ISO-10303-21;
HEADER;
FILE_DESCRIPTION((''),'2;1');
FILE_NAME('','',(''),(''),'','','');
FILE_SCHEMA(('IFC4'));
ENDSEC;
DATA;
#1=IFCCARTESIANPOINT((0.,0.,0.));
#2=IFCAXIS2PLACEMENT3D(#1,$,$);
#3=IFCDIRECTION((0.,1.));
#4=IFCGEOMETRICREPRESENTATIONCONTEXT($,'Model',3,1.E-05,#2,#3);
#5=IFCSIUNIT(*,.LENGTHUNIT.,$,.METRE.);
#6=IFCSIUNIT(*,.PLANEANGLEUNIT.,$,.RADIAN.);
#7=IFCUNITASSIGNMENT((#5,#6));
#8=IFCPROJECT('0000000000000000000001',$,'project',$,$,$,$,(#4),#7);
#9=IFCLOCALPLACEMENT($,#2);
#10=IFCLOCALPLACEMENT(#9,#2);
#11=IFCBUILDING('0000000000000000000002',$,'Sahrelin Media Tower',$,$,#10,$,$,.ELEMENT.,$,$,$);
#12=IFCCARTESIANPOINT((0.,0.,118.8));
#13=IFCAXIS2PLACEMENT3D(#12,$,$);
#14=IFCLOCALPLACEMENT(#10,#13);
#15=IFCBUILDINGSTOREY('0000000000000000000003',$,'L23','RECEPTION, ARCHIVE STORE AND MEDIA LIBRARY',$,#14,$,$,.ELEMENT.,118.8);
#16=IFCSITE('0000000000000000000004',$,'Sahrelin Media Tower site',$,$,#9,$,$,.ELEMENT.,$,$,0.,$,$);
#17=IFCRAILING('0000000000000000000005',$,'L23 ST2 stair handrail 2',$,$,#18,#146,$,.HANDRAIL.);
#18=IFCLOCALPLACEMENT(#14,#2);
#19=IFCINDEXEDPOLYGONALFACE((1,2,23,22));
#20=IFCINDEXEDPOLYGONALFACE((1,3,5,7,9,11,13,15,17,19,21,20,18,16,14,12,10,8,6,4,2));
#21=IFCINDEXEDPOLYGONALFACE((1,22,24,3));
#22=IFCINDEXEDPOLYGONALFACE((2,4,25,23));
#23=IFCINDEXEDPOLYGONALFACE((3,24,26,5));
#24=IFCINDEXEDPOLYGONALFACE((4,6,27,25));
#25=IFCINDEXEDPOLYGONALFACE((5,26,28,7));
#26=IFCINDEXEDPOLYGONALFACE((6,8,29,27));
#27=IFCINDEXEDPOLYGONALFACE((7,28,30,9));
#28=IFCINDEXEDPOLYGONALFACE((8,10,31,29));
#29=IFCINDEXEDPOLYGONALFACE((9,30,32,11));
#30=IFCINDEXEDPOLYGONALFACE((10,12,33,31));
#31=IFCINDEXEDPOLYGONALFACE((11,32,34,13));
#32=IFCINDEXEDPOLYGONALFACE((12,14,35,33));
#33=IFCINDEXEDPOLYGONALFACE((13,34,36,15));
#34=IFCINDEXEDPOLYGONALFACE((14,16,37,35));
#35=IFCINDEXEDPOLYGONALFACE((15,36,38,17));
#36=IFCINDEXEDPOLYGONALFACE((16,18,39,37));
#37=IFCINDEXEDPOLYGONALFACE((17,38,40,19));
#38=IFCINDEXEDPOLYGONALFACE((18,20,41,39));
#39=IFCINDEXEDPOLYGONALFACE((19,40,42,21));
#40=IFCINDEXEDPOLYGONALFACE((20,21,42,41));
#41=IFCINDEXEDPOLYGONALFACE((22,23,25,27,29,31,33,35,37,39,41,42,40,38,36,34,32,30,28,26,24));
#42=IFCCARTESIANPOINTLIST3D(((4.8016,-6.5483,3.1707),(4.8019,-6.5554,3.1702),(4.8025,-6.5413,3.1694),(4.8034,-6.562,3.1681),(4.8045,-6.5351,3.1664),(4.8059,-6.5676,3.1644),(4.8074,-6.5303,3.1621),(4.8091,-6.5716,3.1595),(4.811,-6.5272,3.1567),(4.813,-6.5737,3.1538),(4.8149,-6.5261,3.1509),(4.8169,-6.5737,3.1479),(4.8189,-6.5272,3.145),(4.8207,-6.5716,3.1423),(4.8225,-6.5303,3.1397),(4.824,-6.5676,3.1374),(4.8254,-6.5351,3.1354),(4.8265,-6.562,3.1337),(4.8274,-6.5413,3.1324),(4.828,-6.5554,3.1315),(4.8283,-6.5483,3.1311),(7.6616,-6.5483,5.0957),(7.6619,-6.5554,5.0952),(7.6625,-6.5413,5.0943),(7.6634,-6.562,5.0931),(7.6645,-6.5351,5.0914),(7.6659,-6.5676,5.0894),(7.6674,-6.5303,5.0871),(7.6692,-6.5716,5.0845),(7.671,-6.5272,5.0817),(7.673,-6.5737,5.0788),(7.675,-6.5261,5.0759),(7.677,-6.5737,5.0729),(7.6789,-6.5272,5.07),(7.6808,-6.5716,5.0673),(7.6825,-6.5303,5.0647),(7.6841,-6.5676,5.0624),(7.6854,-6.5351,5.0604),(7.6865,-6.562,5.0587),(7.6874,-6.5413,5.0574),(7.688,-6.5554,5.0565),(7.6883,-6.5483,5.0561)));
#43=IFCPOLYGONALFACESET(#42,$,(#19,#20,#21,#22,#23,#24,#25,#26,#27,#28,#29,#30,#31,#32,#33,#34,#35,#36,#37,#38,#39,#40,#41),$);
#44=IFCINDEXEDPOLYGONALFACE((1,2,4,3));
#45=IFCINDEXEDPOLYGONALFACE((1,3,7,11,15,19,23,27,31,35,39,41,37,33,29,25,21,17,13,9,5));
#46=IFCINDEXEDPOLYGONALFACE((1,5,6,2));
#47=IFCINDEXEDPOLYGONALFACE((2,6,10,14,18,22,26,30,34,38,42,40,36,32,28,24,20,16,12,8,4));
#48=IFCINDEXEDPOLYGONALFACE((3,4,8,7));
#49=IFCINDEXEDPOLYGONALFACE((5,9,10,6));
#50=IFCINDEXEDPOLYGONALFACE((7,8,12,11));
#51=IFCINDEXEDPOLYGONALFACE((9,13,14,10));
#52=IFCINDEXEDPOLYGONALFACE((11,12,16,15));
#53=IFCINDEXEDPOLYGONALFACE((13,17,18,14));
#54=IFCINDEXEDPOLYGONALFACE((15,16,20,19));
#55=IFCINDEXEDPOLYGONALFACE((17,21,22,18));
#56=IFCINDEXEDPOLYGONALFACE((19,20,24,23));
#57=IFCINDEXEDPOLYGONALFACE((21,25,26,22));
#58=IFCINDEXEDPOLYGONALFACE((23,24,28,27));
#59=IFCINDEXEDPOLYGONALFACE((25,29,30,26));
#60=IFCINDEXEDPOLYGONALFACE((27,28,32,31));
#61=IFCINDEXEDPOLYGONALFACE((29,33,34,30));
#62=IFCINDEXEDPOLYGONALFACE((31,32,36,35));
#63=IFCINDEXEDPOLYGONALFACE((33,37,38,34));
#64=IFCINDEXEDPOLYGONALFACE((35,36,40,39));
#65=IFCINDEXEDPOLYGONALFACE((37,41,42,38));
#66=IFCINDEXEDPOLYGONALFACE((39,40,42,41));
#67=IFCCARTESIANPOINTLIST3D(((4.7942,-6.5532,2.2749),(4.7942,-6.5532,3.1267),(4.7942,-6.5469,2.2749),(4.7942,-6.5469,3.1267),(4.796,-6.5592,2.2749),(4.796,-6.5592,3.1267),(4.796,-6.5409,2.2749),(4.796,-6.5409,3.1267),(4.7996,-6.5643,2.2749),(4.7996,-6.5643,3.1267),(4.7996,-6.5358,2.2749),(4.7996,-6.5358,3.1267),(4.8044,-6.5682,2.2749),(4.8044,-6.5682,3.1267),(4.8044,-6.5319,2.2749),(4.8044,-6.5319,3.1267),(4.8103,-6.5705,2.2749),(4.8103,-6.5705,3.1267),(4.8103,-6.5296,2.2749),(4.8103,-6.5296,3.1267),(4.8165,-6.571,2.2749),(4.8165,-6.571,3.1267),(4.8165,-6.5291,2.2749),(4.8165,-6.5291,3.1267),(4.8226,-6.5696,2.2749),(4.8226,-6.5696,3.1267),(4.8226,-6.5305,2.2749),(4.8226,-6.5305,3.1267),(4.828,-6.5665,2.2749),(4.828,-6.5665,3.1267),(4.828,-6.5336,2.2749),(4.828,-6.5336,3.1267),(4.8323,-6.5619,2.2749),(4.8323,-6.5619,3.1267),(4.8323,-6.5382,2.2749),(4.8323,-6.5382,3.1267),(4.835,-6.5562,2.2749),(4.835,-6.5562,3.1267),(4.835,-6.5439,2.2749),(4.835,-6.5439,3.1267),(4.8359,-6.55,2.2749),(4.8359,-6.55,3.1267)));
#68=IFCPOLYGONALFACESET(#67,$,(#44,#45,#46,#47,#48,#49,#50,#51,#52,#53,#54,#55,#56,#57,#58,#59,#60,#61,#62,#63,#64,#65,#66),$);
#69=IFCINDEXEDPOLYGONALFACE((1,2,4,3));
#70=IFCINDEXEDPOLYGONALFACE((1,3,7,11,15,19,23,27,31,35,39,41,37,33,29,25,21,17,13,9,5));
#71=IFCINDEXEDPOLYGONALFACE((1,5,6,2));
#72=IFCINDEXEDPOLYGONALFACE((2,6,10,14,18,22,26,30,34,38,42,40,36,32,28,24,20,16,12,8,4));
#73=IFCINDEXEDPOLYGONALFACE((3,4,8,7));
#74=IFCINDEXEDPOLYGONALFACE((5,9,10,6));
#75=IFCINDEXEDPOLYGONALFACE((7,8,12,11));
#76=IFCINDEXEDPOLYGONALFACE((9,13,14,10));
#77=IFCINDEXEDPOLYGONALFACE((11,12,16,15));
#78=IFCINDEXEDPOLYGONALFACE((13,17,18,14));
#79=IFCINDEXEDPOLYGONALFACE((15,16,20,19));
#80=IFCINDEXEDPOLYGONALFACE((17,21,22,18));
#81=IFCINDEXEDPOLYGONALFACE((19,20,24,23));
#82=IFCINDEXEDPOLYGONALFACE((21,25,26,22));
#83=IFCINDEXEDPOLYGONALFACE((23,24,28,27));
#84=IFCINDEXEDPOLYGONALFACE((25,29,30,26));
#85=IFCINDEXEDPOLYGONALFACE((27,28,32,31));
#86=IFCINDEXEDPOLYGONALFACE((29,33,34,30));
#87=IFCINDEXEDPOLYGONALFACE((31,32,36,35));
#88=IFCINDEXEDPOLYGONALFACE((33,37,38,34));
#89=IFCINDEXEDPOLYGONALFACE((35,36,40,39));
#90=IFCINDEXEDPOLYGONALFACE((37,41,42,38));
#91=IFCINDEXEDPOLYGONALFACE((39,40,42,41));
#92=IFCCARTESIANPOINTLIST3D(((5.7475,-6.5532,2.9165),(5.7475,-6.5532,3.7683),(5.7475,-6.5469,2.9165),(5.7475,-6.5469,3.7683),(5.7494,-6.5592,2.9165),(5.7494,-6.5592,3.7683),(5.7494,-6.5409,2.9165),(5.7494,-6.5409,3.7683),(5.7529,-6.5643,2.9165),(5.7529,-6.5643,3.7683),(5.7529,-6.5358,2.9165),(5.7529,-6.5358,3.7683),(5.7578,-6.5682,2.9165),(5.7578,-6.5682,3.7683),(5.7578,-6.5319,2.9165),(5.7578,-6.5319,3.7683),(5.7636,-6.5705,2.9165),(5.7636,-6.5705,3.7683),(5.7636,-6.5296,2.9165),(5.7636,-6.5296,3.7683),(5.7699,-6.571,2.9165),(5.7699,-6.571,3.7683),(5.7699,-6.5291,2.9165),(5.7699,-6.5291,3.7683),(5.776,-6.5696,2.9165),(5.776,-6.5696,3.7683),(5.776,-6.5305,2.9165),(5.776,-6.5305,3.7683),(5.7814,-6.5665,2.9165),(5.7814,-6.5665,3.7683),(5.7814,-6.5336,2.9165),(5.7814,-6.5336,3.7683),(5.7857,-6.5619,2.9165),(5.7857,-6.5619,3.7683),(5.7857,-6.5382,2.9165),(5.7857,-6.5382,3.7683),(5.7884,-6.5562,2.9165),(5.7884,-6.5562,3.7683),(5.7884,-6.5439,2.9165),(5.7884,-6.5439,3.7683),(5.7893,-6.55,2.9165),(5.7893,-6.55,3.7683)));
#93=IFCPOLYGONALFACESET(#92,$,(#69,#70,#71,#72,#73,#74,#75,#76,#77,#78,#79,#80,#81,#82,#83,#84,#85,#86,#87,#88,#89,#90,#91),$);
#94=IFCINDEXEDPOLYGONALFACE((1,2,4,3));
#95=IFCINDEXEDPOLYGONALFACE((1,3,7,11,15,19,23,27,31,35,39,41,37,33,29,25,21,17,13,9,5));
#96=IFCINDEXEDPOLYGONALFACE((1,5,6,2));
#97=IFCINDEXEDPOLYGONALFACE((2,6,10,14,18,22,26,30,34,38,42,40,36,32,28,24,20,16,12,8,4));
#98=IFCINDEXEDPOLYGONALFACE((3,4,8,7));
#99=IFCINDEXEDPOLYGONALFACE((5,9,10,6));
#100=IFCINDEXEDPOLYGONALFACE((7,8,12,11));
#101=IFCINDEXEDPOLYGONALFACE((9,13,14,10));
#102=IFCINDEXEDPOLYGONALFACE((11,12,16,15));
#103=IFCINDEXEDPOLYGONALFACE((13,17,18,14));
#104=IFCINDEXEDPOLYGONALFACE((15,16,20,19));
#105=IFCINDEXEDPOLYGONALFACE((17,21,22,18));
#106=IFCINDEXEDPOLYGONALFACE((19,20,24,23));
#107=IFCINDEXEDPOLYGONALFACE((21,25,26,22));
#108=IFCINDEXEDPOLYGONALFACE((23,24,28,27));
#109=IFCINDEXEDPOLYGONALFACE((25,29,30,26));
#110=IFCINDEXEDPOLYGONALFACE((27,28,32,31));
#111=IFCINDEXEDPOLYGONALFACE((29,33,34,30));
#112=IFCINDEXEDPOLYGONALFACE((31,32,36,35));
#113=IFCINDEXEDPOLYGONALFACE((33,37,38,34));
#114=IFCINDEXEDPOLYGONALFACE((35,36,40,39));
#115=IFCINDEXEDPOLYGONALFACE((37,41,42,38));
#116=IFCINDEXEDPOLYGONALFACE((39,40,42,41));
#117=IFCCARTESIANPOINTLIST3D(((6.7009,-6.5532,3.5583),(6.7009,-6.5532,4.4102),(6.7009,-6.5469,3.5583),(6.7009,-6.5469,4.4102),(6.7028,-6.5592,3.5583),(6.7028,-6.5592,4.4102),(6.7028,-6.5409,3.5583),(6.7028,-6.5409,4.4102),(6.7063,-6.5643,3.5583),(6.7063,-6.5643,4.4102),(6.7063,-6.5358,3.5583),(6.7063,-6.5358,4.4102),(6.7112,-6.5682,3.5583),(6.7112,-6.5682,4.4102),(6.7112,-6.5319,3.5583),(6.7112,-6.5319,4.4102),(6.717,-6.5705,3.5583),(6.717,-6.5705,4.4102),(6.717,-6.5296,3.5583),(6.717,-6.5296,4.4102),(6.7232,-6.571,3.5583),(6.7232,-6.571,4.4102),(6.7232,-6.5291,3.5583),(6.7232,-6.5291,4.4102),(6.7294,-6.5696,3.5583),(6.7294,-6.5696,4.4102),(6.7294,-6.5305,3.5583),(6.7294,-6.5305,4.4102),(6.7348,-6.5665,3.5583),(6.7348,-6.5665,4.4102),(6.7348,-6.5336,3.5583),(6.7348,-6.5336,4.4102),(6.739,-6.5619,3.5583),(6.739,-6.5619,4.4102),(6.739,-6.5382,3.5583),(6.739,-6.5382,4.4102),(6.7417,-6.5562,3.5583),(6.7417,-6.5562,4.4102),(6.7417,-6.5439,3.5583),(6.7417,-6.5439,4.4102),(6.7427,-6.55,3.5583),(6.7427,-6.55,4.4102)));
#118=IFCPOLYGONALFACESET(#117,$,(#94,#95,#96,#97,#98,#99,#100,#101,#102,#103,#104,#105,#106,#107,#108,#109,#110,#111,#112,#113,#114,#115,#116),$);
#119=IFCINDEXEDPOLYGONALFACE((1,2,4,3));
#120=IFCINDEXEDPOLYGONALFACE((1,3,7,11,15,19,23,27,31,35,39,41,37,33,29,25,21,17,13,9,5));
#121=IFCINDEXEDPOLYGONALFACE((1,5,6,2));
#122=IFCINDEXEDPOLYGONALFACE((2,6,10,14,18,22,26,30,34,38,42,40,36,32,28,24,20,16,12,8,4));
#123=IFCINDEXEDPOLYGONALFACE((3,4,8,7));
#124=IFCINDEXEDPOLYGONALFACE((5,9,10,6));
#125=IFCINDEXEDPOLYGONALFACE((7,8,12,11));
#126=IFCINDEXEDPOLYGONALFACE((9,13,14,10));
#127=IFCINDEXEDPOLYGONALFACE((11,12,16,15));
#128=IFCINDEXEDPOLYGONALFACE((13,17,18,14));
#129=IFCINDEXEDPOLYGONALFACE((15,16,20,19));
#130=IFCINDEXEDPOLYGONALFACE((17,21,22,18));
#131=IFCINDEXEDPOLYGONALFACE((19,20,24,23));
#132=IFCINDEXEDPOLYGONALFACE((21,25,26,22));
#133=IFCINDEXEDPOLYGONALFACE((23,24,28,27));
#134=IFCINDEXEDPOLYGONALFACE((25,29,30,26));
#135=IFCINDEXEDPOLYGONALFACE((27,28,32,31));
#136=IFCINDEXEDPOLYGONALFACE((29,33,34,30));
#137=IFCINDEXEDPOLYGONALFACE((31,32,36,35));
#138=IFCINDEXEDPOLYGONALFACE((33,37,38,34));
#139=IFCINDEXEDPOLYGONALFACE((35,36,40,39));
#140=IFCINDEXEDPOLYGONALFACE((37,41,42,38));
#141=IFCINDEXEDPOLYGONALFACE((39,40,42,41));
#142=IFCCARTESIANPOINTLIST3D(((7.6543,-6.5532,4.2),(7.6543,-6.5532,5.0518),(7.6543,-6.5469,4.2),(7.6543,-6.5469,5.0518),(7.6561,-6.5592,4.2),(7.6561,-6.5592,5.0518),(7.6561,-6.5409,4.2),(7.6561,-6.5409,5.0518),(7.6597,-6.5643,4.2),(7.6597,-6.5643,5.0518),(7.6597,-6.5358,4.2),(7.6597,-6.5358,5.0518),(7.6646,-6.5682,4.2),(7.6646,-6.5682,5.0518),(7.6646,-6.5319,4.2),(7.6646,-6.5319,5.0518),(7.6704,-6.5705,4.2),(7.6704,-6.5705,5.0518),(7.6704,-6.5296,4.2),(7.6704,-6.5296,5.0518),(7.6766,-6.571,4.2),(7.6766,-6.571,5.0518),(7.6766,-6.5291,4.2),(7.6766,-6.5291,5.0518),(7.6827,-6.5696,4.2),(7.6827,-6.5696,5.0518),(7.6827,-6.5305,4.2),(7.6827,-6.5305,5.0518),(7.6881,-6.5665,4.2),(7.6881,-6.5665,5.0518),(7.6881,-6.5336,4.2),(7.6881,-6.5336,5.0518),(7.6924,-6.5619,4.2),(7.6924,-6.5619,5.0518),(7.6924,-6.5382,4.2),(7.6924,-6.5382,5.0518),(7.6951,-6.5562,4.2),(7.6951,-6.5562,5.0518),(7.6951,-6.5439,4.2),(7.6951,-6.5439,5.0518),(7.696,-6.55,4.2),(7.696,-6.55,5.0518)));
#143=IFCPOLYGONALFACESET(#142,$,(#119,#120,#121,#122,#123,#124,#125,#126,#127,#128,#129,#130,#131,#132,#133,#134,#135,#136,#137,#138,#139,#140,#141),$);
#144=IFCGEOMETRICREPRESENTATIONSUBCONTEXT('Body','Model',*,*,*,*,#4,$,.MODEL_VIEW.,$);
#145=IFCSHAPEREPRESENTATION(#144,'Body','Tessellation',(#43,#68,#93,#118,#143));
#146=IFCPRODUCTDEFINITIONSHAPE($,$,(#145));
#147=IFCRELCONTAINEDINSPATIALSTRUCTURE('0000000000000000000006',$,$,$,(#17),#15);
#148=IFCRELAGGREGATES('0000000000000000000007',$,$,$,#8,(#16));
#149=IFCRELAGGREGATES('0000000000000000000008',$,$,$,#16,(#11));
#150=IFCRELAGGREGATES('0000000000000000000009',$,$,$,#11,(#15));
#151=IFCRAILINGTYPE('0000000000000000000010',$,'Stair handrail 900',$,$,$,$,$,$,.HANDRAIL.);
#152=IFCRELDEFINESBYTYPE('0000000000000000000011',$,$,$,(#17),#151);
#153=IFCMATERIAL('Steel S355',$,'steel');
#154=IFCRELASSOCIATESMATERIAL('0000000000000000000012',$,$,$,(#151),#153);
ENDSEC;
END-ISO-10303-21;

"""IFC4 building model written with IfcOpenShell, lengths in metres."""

from ifc_helpers import new_model, si_unit, direction, frame, origin, origin_2d, place, context, subcontext, project, spatial, circle, extrude, material, type_object, element, save


model = new_model("IFC4")

# Units and contexts
model_context = context("Model", 3, precision=1e-05, world=origin(), true_north=direction((0.0, 1.0)))
body_context = subcontext(model_context, "Body", "Model", "MODEL_VIEW")
ifc_project = project(units=[si_unit("LENGTHUNIT", "METRE"), si_unit("PLANEANGLEUNIT", "RADIAN")], contexts=[model_context])

# Site, building, storey
site_placement = place(None, origin())
site = spatial("IfcSite", under=ifc_project, at=site_placement, Name="Sahrelin Media Tower site", CompositionType="ELEMENT", RefElevation=0.0)
building_placement = place(site_placement, origin())
building = spatial("IfcBuilding", under=site, at=building_placement, Name="Sahrelin Media Tower", CompositionType="ELEMENT")
storey_placement = place(building_placement, frame((0.0, 0.0, 118.8)))
storey = spatial("IfcBuildingStorey", under=building, at=storey_placement, Name="L23", Description="RECEPTION, ARCHIVE STORE AND MEDIA LIBRARY", CompositionType="ELEMENT", Elevation=118.8)

# Shared definitions
ifc_material_1 = material(Name="Steel S355", Category="steel")

# Railing
railing_type_1 = type_object("IfcRailingType", Name="Stair handrail 900", PredefinedType="HANDRAIL", material=ifc_material_1)
railing_1_placement = place(storey_placement, frame((4.8149, -6.55, 2.2749)))
element("IfcRailing", 1, at=railing_1_placement, inside=storey, type_object=railing_type_1, Name="L23 ST2 stair handrail 2", PredefinedType="HANDRAIL", context=body_context, shape_type="SweptSolid", body=[
    extrude(circle(Radius=0.0239, at=origin_2d()), frame((0.0, 0.0, 0.876), z_axis=(0.829591, 0.0, 0.558372), x_axis=(0.0, 1.0, 0.0)), (0.0, 0.0, 1.0), 3.4475),
    extrude(circle(Radius=0.021, at=origin_2d()), origin(), (0.0, 0.0, 1.0), 0.8518),
    extrude(circle(Radius=0.021, at=origin_2d()), frame((0.9534, 0.0, 0.6416)), (0.0, 0.0, 1.0), 0.8518),
    extrude(circle(Radius=0.021, at=origin_2d()), frame((1.9067, 0.0, 1.2834)), (0.0, 0.0, 1.0), 0.8518),
    extrude(circle(Radius=0.021, at=origin_2d()), frame((2.8601, 0.0, 1.925)), (0.0, 0.0, 1.0), 0.8518),
])

save(model, "model.ifc")
